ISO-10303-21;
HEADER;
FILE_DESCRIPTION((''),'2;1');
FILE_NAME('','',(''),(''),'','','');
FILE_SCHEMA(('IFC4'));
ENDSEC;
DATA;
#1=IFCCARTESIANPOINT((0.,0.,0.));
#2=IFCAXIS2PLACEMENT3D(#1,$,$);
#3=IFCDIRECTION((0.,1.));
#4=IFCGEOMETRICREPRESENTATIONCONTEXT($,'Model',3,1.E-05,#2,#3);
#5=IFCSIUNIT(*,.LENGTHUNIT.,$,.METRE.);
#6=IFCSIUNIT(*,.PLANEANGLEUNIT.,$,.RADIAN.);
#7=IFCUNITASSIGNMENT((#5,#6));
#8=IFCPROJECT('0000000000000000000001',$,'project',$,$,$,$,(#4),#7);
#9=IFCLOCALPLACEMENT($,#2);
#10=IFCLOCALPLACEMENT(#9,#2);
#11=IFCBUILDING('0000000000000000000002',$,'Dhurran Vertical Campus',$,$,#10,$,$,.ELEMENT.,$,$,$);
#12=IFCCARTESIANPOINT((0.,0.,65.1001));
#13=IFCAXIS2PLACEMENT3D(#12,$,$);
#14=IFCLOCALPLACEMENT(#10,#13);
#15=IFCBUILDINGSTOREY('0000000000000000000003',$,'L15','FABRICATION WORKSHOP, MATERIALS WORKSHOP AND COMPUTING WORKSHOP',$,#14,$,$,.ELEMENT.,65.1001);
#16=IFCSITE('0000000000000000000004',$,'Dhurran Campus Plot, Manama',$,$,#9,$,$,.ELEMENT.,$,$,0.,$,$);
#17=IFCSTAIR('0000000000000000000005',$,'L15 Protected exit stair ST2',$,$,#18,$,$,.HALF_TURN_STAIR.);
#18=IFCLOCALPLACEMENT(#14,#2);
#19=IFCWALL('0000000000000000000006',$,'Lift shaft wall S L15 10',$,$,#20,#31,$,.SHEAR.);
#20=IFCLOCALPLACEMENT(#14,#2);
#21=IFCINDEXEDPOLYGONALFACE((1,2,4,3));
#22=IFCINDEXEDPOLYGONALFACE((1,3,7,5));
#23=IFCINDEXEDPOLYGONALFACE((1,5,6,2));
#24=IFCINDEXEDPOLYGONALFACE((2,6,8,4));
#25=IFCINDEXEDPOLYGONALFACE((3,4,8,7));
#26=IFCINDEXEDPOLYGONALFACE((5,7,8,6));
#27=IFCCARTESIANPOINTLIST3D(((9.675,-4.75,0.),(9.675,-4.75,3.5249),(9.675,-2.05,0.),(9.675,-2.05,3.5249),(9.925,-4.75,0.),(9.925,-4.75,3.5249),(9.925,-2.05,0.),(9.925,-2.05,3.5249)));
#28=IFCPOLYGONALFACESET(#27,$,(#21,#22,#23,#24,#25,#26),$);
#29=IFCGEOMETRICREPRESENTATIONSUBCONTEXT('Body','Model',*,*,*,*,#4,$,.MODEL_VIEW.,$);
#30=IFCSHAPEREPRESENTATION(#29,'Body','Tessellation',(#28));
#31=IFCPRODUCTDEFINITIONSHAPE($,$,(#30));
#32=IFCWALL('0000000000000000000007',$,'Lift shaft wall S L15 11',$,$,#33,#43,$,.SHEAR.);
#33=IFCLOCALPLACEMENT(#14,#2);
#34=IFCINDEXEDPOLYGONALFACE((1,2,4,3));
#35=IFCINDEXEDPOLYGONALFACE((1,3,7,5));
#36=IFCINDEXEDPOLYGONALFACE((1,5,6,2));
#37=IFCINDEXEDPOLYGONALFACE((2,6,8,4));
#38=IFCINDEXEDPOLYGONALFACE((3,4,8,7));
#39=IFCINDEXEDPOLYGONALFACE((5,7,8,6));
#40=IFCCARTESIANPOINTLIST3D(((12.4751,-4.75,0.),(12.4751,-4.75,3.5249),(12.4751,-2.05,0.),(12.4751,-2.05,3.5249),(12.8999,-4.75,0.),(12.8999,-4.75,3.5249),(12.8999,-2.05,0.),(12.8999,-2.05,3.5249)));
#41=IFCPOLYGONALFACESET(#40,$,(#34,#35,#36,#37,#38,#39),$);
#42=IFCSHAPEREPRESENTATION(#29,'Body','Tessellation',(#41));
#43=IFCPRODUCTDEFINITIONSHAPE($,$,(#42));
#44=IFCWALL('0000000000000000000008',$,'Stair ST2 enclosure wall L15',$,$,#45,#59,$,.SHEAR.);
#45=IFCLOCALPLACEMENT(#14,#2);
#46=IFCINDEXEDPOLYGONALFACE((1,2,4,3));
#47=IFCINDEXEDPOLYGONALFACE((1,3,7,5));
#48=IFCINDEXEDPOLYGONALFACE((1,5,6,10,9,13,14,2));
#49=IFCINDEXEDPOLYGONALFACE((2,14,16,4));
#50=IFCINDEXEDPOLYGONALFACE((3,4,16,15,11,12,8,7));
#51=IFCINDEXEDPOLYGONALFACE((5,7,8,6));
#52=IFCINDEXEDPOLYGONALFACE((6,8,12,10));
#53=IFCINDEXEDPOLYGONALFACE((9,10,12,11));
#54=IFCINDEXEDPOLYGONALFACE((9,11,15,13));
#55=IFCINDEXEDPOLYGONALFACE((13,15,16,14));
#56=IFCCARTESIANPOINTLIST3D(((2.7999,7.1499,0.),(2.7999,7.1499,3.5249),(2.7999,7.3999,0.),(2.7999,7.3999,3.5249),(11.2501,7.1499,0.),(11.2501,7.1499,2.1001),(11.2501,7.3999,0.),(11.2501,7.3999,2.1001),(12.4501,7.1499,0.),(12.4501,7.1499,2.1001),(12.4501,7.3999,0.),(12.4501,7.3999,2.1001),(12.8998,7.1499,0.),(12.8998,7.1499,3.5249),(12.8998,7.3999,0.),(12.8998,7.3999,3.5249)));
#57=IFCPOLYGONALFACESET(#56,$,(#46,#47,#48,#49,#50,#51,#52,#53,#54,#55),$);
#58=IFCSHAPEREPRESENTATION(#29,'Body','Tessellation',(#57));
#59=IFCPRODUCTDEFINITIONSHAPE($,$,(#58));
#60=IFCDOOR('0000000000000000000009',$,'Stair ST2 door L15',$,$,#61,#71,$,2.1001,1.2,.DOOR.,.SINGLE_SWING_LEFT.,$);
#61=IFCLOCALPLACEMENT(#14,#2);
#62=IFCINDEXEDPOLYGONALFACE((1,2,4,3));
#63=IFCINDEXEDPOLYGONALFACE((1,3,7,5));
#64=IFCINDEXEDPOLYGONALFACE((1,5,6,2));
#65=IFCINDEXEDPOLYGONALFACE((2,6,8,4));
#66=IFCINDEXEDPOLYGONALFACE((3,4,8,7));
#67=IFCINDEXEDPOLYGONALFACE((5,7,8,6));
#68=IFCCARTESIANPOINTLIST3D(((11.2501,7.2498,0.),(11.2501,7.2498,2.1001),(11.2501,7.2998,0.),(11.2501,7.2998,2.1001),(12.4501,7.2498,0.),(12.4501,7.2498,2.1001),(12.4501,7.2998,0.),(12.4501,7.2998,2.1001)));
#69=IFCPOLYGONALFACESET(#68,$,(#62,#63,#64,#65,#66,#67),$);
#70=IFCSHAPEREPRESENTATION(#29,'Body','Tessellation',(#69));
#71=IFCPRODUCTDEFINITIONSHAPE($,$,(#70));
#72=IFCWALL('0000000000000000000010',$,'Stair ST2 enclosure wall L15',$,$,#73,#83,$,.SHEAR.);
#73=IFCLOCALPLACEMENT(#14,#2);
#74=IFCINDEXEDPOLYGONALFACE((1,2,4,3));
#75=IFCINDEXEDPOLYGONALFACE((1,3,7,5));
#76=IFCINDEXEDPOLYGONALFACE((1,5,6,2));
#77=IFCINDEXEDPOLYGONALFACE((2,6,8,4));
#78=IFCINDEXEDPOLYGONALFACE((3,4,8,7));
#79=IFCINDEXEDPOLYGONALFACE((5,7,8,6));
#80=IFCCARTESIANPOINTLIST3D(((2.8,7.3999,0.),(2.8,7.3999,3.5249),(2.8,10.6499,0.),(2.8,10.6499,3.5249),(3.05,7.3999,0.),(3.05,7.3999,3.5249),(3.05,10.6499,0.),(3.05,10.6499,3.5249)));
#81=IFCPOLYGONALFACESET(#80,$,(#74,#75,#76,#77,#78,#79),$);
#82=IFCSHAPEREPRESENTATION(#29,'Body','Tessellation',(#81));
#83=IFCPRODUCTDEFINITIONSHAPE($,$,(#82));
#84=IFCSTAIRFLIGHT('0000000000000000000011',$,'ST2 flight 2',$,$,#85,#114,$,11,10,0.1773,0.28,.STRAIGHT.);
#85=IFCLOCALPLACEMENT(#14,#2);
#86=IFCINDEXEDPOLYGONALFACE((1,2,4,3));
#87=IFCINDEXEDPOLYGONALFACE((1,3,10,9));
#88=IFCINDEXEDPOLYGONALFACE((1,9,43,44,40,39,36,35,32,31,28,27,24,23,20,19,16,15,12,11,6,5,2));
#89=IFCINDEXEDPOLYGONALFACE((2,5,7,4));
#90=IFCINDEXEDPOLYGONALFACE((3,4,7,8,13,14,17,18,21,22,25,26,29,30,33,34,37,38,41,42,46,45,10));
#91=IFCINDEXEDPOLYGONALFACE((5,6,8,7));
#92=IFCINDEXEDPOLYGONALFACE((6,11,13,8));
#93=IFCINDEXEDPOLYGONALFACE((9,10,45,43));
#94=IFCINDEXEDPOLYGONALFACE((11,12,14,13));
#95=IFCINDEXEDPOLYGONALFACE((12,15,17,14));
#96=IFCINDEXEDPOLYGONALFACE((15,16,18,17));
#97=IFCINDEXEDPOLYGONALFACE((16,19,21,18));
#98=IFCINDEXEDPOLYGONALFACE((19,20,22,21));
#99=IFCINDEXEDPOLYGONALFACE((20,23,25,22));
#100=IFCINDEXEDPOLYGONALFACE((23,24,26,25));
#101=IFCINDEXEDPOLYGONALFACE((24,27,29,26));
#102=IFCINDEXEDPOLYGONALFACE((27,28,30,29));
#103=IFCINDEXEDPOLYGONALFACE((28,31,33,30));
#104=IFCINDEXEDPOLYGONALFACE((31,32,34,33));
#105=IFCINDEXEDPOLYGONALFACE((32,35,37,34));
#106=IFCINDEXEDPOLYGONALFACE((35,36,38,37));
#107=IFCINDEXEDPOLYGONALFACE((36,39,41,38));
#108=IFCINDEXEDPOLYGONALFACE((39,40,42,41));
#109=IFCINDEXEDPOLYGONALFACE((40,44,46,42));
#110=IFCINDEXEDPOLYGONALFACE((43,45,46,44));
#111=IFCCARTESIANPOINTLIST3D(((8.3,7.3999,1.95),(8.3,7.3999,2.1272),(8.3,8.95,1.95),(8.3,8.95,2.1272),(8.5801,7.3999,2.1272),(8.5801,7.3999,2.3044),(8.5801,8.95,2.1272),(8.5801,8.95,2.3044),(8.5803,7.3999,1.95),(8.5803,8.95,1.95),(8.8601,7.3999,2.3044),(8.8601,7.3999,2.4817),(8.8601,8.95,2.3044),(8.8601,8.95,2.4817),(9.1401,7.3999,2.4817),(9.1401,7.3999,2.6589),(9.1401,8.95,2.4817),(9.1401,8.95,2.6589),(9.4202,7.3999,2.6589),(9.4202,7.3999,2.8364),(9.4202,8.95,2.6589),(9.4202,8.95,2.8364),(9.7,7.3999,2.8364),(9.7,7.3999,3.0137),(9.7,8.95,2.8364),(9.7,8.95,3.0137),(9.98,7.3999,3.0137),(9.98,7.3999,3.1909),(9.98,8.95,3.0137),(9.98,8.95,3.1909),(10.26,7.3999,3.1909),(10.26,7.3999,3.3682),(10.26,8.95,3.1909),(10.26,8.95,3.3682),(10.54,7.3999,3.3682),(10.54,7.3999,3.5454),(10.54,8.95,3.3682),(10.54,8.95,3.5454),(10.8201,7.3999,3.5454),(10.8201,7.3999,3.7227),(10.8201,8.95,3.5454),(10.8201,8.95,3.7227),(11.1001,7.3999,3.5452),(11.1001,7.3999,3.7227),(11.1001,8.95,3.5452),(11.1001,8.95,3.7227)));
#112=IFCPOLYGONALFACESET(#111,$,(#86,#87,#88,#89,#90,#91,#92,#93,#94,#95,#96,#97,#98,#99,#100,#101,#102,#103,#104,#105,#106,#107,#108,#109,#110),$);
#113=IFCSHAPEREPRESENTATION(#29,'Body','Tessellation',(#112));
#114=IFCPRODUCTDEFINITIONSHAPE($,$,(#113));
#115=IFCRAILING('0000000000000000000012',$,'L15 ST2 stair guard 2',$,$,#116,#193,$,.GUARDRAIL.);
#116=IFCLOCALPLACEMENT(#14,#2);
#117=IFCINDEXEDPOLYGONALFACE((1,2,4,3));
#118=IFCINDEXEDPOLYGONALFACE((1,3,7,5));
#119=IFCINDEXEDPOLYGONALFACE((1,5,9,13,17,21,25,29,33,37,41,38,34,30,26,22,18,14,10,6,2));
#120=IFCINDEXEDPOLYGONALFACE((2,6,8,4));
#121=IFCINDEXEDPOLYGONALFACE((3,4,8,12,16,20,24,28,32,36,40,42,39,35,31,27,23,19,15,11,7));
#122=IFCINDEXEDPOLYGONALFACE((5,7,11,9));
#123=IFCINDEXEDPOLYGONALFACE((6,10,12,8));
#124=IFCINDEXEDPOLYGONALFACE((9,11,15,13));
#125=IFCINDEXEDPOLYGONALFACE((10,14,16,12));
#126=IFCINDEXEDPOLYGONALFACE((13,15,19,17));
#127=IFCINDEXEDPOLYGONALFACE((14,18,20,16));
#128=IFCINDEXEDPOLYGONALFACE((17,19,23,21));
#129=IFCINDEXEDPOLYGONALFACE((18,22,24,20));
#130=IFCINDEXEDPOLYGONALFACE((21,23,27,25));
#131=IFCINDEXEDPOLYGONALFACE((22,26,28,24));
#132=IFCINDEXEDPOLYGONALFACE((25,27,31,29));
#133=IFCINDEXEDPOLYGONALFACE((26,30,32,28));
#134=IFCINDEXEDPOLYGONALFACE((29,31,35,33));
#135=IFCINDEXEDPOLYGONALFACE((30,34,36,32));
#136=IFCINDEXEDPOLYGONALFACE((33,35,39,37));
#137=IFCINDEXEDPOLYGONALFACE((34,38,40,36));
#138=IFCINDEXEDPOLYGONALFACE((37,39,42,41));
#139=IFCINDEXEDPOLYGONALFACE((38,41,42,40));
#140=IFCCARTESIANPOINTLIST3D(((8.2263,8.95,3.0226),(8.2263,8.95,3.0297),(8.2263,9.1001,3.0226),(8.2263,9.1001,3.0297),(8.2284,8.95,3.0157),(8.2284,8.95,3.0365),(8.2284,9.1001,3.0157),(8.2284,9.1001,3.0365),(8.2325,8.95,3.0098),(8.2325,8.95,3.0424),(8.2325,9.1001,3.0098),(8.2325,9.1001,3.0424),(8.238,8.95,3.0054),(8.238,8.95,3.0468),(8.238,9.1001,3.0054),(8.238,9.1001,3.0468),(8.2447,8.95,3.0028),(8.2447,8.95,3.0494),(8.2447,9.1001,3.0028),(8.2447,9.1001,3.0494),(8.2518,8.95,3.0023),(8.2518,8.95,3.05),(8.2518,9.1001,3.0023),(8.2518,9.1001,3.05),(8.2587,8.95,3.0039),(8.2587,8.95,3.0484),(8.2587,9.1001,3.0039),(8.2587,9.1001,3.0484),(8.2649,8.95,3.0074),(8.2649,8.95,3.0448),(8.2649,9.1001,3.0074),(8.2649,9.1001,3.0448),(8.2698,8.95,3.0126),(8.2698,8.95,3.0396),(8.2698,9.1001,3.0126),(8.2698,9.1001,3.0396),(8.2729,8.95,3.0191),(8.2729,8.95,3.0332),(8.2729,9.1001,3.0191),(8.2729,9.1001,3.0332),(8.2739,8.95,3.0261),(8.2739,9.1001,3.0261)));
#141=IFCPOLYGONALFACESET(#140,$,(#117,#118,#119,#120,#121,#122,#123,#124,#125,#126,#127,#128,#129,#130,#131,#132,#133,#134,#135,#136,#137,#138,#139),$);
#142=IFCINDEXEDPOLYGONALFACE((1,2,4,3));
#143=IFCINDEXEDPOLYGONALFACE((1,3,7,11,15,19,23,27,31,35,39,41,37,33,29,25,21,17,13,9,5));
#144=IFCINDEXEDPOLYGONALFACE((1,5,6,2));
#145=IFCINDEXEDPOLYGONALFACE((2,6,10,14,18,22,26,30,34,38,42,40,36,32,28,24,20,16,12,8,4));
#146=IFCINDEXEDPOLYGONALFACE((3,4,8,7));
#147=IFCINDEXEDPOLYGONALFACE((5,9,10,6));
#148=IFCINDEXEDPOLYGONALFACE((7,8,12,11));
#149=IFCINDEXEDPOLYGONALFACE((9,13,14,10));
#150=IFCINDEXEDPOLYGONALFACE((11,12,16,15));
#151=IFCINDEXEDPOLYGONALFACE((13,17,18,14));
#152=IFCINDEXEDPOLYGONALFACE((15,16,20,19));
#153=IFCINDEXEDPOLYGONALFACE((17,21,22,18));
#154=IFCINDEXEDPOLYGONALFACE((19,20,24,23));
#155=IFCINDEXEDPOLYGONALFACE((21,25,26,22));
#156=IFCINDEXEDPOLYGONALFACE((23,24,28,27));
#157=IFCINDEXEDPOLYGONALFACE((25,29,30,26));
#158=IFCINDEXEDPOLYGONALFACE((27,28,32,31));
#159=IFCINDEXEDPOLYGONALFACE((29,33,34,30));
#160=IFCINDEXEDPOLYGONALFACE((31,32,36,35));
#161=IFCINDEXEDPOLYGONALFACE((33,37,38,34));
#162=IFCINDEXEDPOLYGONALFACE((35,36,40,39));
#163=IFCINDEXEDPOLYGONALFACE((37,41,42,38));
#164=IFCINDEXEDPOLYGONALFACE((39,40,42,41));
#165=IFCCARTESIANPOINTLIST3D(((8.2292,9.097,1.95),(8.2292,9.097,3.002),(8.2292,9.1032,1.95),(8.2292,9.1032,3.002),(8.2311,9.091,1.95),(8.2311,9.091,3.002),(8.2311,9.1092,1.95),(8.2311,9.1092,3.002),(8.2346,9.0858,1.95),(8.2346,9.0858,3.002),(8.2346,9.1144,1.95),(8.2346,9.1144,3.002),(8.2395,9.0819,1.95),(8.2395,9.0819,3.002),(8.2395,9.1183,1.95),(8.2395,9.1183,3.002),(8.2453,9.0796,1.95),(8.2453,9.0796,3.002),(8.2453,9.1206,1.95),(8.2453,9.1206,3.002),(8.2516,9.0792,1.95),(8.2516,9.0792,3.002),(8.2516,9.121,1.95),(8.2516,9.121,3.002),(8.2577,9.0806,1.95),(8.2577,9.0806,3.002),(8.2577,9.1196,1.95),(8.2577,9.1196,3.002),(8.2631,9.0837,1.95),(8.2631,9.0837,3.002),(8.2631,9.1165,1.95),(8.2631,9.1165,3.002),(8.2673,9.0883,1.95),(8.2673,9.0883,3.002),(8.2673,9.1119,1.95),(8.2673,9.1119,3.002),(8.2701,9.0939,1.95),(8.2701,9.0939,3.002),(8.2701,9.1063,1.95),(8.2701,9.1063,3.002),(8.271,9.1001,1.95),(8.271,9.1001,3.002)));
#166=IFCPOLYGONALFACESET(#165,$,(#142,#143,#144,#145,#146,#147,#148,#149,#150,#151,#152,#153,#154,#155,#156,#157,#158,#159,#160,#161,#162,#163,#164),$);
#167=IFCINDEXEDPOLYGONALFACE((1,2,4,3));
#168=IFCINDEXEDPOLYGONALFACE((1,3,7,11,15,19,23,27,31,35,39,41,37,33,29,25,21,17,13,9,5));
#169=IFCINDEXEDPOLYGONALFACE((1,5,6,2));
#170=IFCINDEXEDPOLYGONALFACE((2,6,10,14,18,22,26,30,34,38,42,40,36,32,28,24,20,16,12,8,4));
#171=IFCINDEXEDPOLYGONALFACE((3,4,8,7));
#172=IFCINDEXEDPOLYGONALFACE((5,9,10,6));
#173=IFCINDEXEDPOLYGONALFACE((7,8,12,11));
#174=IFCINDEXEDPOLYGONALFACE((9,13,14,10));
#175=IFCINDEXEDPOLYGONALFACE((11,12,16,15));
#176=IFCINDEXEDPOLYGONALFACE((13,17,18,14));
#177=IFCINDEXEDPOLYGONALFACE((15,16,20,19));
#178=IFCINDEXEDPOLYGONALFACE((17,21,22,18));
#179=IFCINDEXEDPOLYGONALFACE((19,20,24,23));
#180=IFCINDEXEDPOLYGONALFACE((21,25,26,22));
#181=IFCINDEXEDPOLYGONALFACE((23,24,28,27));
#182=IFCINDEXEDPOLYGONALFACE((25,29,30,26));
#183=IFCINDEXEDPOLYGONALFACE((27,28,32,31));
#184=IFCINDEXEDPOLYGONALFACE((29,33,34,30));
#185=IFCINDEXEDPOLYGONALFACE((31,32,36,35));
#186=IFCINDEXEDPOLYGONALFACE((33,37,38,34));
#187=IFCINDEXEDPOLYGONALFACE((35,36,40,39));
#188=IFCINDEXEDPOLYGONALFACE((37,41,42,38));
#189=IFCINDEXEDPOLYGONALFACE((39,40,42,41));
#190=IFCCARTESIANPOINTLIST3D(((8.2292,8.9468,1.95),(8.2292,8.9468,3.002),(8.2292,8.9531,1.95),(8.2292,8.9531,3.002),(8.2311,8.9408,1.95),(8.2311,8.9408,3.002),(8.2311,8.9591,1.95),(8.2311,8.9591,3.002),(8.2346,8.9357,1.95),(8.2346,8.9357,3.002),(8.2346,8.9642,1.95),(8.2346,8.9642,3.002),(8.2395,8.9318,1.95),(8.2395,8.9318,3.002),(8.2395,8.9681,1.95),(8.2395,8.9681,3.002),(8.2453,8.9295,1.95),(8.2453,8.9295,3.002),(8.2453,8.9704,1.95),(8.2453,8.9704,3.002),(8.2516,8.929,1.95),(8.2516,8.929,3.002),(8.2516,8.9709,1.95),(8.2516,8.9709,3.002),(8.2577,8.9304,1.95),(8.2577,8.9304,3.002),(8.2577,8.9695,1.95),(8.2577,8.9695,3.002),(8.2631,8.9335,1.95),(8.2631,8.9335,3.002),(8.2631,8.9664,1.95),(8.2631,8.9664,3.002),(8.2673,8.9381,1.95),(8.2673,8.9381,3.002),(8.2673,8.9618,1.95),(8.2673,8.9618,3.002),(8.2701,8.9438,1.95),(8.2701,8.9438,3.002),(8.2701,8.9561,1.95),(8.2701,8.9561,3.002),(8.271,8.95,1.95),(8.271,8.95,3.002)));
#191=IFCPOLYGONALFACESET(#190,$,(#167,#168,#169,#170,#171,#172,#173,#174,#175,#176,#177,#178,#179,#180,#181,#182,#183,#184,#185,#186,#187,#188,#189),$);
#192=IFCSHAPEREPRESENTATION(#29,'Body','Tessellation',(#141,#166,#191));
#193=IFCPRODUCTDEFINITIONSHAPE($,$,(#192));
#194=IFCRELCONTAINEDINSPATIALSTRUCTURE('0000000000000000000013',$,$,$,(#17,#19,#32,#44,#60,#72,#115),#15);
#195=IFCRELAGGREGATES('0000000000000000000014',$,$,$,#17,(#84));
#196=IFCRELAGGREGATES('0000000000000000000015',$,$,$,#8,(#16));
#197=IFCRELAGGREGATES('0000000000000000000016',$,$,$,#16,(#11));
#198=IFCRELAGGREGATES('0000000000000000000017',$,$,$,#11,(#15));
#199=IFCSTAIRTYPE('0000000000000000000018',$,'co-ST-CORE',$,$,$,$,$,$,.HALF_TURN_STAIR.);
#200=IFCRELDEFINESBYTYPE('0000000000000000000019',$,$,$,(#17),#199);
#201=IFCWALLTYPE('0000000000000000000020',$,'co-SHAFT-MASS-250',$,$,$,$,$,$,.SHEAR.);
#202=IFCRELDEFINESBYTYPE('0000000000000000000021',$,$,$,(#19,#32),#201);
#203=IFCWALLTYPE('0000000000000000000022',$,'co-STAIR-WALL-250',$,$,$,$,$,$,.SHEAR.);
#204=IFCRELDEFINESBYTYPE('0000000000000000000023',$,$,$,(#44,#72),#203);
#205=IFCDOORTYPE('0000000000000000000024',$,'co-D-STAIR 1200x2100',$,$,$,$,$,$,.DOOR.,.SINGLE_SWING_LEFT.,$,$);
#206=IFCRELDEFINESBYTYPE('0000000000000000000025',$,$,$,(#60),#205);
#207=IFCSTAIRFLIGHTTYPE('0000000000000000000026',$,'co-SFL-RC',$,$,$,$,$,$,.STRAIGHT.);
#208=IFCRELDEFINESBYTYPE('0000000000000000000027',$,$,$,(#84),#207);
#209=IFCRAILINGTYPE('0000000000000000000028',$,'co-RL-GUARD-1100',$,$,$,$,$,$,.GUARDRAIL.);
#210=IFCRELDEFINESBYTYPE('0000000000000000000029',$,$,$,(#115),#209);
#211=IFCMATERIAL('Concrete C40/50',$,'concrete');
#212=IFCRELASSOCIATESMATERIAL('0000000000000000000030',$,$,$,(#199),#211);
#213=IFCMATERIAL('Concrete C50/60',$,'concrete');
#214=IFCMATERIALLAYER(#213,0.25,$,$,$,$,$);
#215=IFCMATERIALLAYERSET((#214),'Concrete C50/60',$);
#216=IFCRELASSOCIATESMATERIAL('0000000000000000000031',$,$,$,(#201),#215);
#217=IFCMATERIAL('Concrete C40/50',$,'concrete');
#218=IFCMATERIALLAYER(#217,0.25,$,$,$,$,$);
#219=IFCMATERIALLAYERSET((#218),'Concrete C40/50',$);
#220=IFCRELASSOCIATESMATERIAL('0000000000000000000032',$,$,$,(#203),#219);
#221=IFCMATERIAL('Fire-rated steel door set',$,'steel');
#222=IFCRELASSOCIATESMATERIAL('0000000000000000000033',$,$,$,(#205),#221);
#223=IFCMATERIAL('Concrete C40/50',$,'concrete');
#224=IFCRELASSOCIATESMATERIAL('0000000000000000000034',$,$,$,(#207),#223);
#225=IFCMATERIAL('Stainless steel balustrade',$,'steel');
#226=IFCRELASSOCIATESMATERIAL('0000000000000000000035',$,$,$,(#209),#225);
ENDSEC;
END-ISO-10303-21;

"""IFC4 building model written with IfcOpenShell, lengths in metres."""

from ifc_helpers import new_model, si_unit, direction, frame, frame_2d, origin, origin_2d, place, context, subcontext, project, spatial, polyline, rectangle, circle, outline, extrude, material, layer, layer_set, type_object, element, fill, aggregate, save


model = new_model("IFC4")

# Units and contexts
model_context = context("Model", 3, precision=1e-05, world=origin(), true_north=direction((0.0, 1.0)))
body_context = subcontext(model_context, "Body", "Model", "MODEL_VIEW")
ifc_project = project(units=[si_unit("LENGTHUNIT", "METRE"), si_unit("PLANEANGLEUNIT", "RADIAN")], contexts=[model_context])

# Site, building, storey
site_placement = place(None, origin())
site = spatial("IfcSite", under=ifc_project, at=site_placement, Name="Dhurran Campus Plot, Manama", CompositionType="ELEMENT", RefElevation=0.0)
building_placement = place(site_placement, origin())
building = spatial("IfcBuilding", under=site, at=building_placement, Name="Dhurran Vertical Campus", CompositionType="ELEMENT")
storey_placement = place(building_placement, frame((0.0, 0.0, 65.1001)))
storey = spatial("IfcBuildingStorey", under=building, at=storey_placement, Name="L15", Description="FABRICATION WORKSHOP, MATERIALS WORKSHOP AND COMPUTING WORKSHOP", CompositionType="ELEMENT", Elevation=65.1001)

# Stair
ifc_material_1 = material(Name="Concrete C40/50", Category="concrete")
stair_type = type_object("IfcStairType", Name="co-ST-CORE", PredefinedType="HALF_TURN_STAIR", material=ifc_material_1)
stair_1_placement = place(storey_placement, origin())
stair_1 = element("IfcStair", 1, at=stair_1_placement, inside=storey, type_object=stair_type, Name="L15 Protected exit stair ST2", PredefinedType="HALF_TURN_STAIR")

# Walls
ifc_material_2 = material(Name="Concrete C50/60", Category="concrete")
ifc_layer_1 = layer(ifc_material_2, 0.25)
ifc_layer_set_1 = layer_set([ifc_layer_1], Name="Concrete C50/60")
wall_type_1 = type_object("IfcWallType", Name="co-SHAFT-MASS-250", PredefinedType="SHEAR", material=ifc_layer_set_1)
wall_1_placement = place(storey_placement, origin())
element("IfcWall", 2, at=wall_1_placement, inside=storey, type_object=wall_type_1, Name="Lift shaft wall S L15 10", PredefinedType="SHEAR", context=body_context, shape_type="SweptSolid", body=[
    extrude(outline(polyline([(9.675, -4.75), (9.925, -4.75), (9.925, -2.05), (9.675, -2.05), (9.675, -4.75)])), origin(), (0.0, 0.0, 1.0), 3.5249),
])
wall_2_placement = place(storey_placement, origin())
element("IfcWall", 3, at=wall_2_placement, inside=storey, type_object=wall_type_1, Name="Lift shaft wall S L15 11", PredefinedType="SHEAR", context=body_context, shape_type="SweptSolid", body=[
    extrude(outline(polyline([(12.4751, -4.75), (12.8999, -4.75), (12.8999, -2.05), (12.4751, -2.05), (12.4751, -4.75)])), origin(), (0.0, 0.0, 1.0), 3.5249),
])

# Wall, opening, door
ifc_material_3 = material(Name="Concrete C40/50", Category="concrete")
ifc_layer_2 = layer(ifc_material_3, 0.25)
ifc_layer_set_2 = layer_set([ifc_layer_2], Name="Concrete C40/50")
wall_type_2 = type_object("IfcWallType", Name="co-STAIR-WALL-250", PredefinedType="SHEAR", material=ifc_layer_set_2)
wall_3_placement = place(storey_placement, frame((2.8, 7.2749, 0.0), z_axis=(0.0, 0.0, 1.0), x_axis=(1.0, 0.0, 0.0)))
wall_3 = element("IfcWall", 4, at=wall_3_placement, inside=storey, type_object=wall_type_2, Name="Stair ST2 enclosure wall L15", PredefinedType="SHEAR", context=body_context, shape_type="SweptSolid", body=[
    extrude(rectangle(XDim=10.0999, YDim=0.25, at=frame_2d((5.0498, 0.0))), origin(), (0.0, 0.0, 1.0), 3.5249),
])
opening_1_placement = place(wall_3_placement, frame((8.45, 0.0, 0.0)))
opening_1 = element("IfcOpeningElement", 5, at=opening_1_placement, cuts=wall_3, PredefinedType="OPENING", context=body_context, shape_type="SweptSolid", body=[
    extrude(rectangle(XDim=1.2, YDim=2.1001, at=frame_2d((0.6001, 1.05))), frame((0.0, 0.135, 0.0), z_axis=(0.0, -1.0, 0.0), x_axis=(1.0, 0.0, 0.0)), (0.0, 0.0, 1.0), 0.27),
])
ifc_material_4 = material(Name="Fire-rated steel door set", Category="steel")
door_type_1 = type_object("IfcDoorType", Name="co-D-STAIR 1200x2100", OperationType="SINGLE_SWING_LEFT", PredefinedType="DOOR", material=ifc_material_4)
door_1_placement = place(opening_1_placement, origin())
door_1 = element("IfcDoor", 6, at=door_1_placement, inside=storey, type_object=door_type_1, Name="Stair ST2 door L15", OperationType="SINGLE_SWING_LEFT", OverallHeight=2.1001, OverallWidth=1.2, PredefinedType="DOOR", context=body_context, shape_type="SweptSolid", body=[
    extrude(rectangle(XDim=1.2, YDim=2.1001, at=frame_2d((0.6001, 1.05))), frame((0.0, 0.0249, 0.0), z_axis=(0.0, -1.0, 0.0), x_axis=(1.0, 0.0, 0.0)), (0.0, 0.0, 1.0), 0.05),
])
fill(opening_1, door_1)

# Wall
wall_4_placement = place(storey_placement, frame((2.925, 7.3999, 0.0), z_axis=(0.0, 0.0, 1.0), x_axis=(0.0, 1.0, 0.0)))
element("IfcWall", 7, at=wall_4_placement, inside=storey, type_object=wall_type_2, Name="Stair ST2 enclosure wall L15", PredefinedType="SHEAR", context=body_context, shape_type="SweptSolid", body=[
    extrude(rectangle(XDim=3.25, YDim=0.25, at=frame_2d((1.625, 0.0))), origin(), (0.0, 0.0, 1.0), 3.5249),
])

# Stair flight
ifc_material_5 = material(Name="Concrete C40/50", Category="concrete")
stair_flight_type = type_object("IfcStairFlightType", Name="co-SFL-RC", PredefinedType="STRAIGHT", material=ifc_material_5)
stair_flight_placement = place(storey_placement, frame((8.3, 8.175, 1.95), z_axis=(0.0, 0.0, 1.0), x_axis=(1.0, 0.0, 0.0)))
stair_flight = element("IfcStairFlight", 8, at=stair_flight_placement, type_object=stair_flight_type, Name="ST2 flight 2", NumberOfRisers=11, NumberOfTreads=10, PredefinedType="STRAIGHT", RiserHeight=0.1773, TreadLength=0.28, context=body_context, shape_type="SweptSolid", body=[
    extrude(outline(polyline([(0.0, 0.0), (0.0, 0.1772), (0.28, 0.1772), (0.28, 0.3545), (0.5601, 0.3545), (0.5601, 0.5317), (0.8401, 0.5317), (0.8401, 0.709), (1.1201, 0.709), (1.1201, 0.8865), (1.3999, 0.8865), (1.3999, 1.0637), (1.6799, 1.0637), (1.6799, 1.241), (1.96, 1.241), (1.96, 1.4182), (2.24, 1.4182), (2.24, 1.5955), (2.52, 1.5955), (2.52, 1.7727), (2.8, 1.7727), (2.8, 1.95), (2.8, 1.5952), (0.2803, 0.0), (0.0, 0.0)])), frame((0.0, 0.7749, 0.0), z_axis=(0.0, -1.0, 0.0), x_axis=(1.0, 0.0, 0.0)), (0.0, 0.0, 1.0), 1.55),
])
aggregate(stair_1, [stair_flight])

# Railing
ifc_material_6 = material(Name="Stainless steel balustrade", Category="steel")
railing_type_1 = type_object("IfcRailingType", Name="co-RL-GUARD-1100", PredefinedType="GUARDRAIL", material=ifc_material_6)
railing_1_placement = place(storey_placement, frame((8.25, 9.1001, 1.95)))
element("IfcRailing", 9, at=railing_1_placement, inside=storey, type_object=railing_type_1, Name="L15 ST2 stair guard 2", PredefinedType="GUARDRAIL", context=body_context, shape_type="SweptSolid", body=[
    extrude(circle(Radius=0.0239, at=origin_2d()), frame((0.0, 0.0, 1.0762), z_axis=(0.0, -1.0, 0.0), x_axis=(1.0, 0.0, 0.0)), (0.0, 0.0, 1.0), 0.1501),
    extrude(circle(Radius=0.021, at=origin_2d()), origin(), (0.0, 0.0, 1.0), 1.052),
    extrude(circle(Radius=0.021, at=origin_2d()), frame((0.0, -0.1501, 0.0)), (0.0, 0.0, 1.0), 1.052),
])

save(model, "model.ifc")
